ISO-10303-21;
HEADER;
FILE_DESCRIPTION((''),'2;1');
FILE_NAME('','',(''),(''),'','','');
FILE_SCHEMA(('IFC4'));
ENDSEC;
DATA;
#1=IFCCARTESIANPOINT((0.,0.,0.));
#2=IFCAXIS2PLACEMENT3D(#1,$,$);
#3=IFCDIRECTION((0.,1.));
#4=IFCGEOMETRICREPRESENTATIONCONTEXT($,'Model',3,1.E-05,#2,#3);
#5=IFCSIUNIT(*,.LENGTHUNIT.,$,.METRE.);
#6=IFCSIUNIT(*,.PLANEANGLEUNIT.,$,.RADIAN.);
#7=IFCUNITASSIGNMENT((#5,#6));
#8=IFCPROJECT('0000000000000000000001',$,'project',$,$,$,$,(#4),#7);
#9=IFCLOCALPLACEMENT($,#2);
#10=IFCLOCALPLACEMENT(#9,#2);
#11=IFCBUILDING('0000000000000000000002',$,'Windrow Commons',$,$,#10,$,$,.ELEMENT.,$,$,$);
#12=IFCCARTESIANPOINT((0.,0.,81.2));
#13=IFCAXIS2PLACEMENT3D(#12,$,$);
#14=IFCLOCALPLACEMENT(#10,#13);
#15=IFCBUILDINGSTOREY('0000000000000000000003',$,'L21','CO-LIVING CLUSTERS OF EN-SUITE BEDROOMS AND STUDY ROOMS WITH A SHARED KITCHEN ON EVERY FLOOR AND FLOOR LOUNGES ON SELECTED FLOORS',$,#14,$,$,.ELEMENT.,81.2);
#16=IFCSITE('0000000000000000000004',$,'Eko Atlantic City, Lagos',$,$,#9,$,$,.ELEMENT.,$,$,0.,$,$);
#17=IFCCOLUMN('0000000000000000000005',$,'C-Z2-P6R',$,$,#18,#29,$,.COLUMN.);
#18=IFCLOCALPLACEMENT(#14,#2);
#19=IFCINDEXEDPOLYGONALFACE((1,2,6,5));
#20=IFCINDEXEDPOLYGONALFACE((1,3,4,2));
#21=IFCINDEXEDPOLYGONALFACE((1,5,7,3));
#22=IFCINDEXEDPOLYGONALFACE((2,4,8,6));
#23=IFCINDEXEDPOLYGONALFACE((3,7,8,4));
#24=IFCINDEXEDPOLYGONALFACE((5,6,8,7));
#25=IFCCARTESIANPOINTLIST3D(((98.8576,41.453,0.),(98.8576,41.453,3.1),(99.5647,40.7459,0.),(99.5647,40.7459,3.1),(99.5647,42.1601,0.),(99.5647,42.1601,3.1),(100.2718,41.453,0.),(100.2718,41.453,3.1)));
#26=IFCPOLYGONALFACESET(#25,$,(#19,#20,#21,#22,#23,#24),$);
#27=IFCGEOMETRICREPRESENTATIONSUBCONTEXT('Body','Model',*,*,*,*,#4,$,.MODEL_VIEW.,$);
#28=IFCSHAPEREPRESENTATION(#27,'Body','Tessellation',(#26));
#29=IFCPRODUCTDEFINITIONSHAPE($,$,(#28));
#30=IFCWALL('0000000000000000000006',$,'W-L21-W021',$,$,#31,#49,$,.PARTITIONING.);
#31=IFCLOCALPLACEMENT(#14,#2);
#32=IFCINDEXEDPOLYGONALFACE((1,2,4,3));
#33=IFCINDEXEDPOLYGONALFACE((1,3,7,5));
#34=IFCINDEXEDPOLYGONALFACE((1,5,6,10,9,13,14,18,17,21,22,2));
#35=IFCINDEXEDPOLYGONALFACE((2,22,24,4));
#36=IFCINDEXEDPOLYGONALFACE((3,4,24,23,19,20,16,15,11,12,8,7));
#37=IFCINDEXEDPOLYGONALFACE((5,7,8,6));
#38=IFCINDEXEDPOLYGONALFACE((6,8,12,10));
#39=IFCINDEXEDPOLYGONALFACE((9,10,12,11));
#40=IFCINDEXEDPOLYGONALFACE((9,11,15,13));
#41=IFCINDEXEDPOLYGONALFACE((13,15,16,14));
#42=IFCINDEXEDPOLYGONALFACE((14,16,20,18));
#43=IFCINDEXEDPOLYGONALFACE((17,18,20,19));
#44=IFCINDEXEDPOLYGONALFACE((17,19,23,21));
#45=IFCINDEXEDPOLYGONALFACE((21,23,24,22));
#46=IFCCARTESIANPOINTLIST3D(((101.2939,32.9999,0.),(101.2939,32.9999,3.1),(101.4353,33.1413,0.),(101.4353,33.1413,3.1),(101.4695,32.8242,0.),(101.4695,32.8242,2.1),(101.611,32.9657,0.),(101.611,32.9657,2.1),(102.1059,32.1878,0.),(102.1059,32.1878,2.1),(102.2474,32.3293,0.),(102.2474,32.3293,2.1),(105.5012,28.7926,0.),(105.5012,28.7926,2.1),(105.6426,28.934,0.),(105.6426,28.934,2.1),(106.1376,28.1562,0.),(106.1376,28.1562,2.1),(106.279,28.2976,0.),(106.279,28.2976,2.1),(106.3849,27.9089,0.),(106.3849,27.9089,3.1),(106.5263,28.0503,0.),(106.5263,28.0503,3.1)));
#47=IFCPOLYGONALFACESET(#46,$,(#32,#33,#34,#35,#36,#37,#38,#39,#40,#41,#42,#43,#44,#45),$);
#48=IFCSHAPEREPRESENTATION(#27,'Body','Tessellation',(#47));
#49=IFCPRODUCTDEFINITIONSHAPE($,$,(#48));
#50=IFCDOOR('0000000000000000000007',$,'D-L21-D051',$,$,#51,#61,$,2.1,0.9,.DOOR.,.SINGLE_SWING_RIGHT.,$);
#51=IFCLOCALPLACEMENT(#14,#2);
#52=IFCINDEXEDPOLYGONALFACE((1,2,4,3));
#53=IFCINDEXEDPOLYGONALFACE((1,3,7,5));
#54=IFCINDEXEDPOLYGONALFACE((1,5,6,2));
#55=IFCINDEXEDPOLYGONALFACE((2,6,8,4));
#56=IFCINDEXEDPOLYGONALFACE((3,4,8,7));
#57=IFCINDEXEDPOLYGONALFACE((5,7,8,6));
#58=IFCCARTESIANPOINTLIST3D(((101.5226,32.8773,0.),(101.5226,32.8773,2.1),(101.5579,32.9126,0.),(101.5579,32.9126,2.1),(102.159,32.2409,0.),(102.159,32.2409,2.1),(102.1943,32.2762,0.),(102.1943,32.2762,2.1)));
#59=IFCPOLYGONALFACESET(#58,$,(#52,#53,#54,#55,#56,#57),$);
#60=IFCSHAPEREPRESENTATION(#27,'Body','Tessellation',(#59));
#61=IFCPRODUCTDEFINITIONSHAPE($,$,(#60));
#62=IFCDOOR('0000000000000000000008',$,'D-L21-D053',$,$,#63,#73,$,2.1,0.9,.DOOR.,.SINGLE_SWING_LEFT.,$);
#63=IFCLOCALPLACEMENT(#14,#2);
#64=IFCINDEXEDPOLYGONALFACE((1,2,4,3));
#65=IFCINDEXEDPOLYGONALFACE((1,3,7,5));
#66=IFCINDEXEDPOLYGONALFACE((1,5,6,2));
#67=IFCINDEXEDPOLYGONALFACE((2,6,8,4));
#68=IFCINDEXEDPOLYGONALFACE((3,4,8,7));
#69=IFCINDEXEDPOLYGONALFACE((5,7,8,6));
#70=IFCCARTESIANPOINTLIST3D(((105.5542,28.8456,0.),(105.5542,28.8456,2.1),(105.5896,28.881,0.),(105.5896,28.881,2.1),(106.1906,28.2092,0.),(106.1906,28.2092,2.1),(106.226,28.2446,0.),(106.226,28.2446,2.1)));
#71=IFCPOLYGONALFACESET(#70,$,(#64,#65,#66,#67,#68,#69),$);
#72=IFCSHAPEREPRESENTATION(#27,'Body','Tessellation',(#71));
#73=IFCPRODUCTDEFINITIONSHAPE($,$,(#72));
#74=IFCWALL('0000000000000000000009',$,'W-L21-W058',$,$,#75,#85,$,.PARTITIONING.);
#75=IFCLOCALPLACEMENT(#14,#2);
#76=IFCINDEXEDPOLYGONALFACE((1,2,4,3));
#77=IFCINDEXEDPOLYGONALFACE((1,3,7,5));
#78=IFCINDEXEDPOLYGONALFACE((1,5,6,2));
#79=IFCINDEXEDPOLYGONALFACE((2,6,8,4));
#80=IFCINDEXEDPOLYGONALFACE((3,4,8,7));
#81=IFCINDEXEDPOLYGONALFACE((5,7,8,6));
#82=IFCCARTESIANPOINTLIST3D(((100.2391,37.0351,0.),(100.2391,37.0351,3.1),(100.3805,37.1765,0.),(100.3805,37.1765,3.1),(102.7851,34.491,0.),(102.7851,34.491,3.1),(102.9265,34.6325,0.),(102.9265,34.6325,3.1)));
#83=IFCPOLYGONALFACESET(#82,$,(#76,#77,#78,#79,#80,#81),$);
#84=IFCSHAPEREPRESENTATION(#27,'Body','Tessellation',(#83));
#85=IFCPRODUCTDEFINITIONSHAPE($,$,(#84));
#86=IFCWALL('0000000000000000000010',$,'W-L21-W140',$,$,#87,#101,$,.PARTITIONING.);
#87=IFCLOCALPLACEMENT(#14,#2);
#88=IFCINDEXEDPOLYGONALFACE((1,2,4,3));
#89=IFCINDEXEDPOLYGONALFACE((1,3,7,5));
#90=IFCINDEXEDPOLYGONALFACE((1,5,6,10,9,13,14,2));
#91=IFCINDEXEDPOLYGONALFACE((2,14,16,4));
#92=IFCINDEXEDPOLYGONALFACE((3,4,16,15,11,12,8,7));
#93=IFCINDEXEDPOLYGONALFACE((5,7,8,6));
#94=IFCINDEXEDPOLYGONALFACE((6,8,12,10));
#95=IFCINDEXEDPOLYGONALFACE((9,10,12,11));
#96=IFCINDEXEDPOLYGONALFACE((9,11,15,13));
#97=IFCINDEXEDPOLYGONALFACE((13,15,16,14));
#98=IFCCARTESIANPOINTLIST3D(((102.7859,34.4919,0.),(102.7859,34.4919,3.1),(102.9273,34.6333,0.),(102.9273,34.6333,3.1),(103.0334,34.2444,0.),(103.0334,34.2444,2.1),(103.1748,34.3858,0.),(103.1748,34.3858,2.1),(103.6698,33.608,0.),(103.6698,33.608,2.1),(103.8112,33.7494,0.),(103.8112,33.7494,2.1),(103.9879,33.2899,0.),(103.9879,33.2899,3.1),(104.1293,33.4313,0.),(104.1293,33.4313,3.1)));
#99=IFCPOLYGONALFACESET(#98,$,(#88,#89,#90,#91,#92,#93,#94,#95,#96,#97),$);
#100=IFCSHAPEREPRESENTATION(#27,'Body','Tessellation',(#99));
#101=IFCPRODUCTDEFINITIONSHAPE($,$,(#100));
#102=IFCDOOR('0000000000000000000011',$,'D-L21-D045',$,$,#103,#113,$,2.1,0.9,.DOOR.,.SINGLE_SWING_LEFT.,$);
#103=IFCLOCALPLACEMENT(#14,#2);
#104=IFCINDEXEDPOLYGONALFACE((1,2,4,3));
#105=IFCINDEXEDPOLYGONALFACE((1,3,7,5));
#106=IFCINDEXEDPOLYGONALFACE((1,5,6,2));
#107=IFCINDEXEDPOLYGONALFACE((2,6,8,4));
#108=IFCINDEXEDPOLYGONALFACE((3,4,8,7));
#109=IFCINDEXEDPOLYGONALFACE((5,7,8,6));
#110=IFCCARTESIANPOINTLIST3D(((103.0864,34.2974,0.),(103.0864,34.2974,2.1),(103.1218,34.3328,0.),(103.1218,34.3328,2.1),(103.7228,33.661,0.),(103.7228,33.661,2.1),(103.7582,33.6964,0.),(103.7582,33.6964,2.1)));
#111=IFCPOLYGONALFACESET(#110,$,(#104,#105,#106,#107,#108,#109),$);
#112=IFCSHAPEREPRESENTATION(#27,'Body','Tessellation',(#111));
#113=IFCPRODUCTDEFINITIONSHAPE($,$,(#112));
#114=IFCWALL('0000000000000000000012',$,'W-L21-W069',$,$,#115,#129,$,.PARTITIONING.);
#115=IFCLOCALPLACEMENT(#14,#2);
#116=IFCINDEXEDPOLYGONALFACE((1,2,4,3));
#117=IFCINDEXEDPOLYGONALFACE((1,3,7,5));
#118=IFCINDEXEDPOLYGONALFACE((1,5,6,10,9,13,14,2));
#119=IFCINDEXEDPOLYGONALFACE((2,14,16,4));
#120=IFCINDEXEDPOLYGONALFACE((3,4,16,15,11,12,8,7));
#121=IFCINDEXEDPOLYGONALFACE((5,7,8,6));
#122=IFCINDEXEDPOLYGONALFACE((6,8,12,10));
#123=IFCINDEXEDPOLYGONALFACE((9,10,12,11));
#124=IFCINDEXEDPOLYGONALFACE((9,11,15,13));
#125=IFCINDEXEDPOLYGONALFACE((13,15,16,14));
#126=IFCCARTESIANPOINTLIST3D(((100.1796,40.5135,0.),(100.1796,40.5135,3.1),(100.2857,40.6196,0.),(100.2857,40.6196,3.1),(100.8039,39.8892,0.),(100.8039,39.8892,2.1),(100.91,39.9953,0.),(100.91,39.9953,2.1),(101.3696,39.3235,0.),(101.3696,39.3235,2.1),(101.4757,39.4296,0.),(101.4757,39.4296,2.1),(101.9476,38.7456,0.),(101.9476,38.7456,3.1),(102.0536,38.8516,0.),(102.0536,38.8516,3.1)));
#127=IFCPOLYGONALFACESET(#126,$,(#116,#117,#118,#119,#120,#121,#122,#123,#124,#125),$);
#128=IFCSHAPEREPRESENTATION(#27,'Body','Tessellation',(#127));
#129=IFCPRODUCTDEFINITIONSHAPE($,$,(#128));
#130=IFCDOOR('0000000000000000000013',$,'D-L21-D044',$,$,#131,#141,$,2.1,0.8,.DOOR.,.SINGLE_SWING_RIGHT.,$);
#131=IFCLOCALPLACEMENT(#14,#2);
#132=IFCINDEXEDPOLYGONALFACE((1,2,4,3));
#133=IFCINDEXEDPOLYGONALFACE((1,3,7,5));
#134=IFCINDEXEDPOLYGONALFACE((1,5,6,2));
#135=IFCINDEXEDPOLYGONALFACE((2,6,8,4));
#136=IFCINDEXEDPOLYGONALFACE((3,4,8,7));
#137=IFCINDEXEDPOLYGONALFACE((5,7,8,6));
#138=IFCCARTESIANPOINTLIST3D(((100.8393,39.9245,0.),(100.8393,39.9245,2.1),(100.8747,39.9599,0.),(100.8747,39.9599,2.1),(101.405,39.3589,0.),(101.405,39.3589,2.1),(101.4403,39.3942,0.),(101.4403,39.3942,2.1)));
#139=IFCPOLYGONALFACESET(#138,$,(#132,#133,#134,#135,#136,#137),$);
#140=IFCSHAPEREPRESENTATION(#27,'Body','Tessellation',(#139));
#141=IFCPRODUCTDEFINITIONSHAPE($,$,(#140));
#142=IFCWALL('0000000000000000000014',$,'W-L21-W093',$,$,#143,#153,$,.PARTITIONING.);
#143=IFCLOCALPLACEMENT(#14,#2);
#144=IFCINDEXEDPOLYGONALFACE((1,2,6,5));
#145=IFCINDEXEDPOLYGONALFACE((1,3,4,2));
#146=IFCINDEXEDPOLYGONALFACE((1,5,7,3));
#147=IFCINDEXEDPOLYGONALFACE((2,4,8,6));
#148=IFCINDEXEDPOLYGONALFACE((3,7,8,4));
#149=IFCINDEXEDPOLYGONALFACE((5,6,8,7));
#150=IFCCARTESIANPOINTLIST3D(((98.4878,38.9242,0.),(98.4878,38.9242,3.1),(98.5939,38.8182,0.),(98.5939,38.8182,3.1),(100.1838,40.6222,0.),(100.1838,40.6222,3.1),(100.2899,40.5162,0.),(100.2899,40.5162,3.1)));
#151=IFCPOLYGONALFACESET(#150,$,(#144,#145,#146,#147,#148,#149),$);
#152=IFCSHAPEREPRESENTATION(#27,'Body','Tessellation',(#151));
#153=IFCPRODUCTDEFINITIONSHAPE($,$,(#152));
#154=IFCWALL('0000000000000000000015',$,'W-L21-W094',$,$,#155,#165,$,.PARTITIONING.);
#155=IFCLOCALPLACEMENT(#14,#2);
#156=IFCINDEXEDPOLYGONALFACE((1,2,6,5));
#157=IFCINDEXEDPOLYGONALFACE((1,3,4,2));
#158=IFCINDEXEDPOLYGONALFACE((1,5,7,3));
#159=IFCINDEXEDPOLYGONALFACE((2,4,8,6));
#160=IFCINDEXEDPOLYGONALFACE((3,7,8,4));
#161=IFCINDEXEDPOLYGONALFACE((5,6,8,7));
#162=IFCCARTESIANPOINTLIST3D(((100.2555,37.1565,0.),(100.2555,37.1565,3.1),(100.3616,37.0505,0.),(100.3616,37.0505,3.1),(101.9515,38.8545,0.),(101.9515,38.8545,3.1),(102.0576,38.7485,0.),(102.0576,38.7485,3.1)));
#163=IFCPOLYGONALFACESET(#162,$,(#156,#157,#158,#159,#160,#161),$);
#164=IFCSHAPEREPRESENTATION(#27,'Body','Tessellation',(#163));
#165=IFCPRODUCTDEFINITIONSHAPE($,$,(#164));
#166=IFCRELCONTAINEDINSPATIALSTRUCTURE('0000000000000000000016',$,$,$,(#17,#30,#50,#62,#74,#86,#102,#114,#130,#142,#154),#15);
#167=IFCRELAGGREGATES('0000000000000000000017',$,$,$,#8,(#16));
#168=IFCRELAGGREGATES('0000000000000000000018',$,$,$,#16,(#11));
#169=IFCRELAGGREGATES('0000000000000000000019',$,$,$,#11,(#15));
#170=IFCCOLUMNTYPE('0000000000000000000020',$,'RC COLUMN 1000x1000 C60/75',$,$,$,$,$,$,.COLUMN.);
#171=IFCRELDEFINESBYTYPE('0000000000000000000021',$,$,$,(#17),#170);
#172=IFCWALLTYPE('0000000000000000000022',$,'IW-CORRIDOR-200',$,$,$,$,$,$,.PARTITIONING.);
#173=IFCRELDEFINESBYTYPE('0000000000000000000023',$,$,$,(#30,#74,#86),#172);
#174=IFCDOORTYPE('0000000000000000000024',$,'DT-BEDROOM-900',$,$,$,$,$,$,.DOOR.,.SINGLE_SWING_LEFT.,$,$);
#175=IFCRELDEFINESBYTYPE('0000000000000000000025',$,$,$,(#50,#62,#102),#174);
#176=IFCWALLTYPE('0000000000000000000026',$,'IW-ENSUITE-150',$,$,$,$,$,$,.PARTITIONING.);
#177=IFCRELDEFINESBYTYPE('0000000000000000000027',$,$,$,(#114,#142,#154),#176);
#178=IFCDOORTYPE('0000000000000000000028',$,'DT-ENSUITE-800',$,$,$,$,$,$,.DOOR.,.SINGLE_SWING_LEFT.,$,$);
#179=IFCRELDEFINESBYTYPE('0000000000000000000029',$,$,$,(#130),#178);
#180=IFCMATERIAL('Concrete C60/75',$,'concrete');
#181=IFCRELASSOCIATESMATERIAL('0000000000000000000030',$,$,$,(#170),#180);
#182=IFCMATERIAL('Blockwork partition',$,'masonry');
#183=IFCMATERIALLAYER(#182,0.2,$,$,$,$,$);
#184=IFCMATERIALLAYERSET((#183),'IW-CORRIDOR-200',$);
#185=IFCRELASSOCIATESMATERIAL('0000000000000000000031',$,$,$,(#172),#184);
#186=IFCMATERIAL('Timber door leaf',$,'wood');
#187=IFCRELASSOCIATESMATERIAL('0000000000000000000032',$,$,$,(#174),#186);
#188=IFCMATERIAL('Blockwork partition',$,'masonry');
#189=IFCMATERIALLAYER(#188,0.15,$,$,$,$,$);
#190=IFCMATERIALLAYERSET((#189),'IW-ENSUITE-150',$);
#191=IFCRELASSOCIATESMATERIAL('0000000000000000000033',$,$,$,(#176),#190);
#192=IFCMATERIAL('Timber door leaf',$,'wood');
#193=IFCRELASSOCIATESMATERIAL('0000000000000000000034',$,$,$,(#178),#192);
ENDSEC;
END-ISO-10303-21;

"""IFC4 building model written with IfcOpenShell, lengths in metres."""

from ifc_helpers import new_model, si_unit, direction, frame, frame_2d, origin, origin_2d, place, context, subcontext, project, spatial, rectangle, extrude, material, layer, layer_set, material_profile, profile_set, type_object, element, fill, save


model = new_model("IFC4")

# Units and contexts
model_context = context("Model", 3, precision=1e-05, world=origin(), true_north=direction((0.0, 1.0)))
body_context = subcontext(model_context, "Body", "Model", "MODEL_VIEW")
ifc_project = project(units=[si_unit("LENGTHUNIT", "METRE"), si_unit("PLANEANGLEUNIT", "RADIAN")], contexts=[model_context])

# Site, building, storey
site_placement = place(None, origin())
site = spatial("IfcSite", under=ifc_project, at=site_placement, Name="Eko Atlantic City, Lagos", CompositionType="ELEMENT", RefElevation=0.0)
building_placement = place(site_placement, origin())
building = spatial("IfcBuilding", under=site, at=building_placement, Name="Windrow Commons", CompositionType="ELEMENT")
storey_placement = place(building_placement, frame((0.0, 0.0, 81.2)))
storey = spatial("IfcBuildingStorey", under=building, at=storey_placement, Name="L21", Description="CO-LIVING CLUSTERS OF EN-SUITE BEDROOMS AND STUDY ROOMS WITH A SHARED KITCHEN ON EVERY FLOOR AND FLOOR LOUNGES ON SELECTED FLOORS", CompositionType="ELEMENT", Elevation=81.2)

# Column
ifc_material_1 = material(Name="Concrete C60/75", Category="concrete")
ifc_material_profile = material_profile(ifc_material_1, rectangle(XDim=1.0, YDim=1.0, at=origin_2d()))
ifc_profile_set = profile_set([ifc_material_profile], Name="Concrete C60/75")
column_type = type_object("IfcColumnType", Name="RC COLUMN 1000x1000 C60/75", PredefinedType="COLUMN", material=ifc_profile_set)
column_placement = place(storey_placement, frame((99.5647, 41.453, 0.0), z_axis=(0.0, 0.0, 1.0), x_axis=(0.707107, -0.707107, 0.0)))
element("IfcColumn", 1, at=column_placement, inside=storey, type_object=column_type, Name="C-Z2-P6R", PredefinedType="COLUMN", context=body_context, shape_type="SweptSolid", body=[
    extrude(rectangle(XDim=1.0, YDim=1.0, at=origin_2d()), origin(), (0.0, 0.0, 1.0), 3.1),
])

# Wall, openings, doors
ifc_material_2 = material(Name="Blockwork partition", Category="masonry")
ifc_layer_1 = layer(ifc_material_2, 0.2)
ifc_layer_set_1 = layer_set([ifc_layer_1], Name="IW-CORRIDOR-200")
wall_type_1 = type_object("IfcWallType", Name="IW-CORRIDOR-200", PredefinedType="PARTITIONING", material=ifc_layer_set_1)
wall_1_placement = place(storey_placement, frame((101.3646, 33.0706, 0.0), z_axis=(0.0, 0.0, 1.0), x_axis=(0.707107, -0.707107, 0.0)))
wall_1 = element("IfcWall", 2, at=wall_1_placement, inside=storey, type_object=wall_type_1, Name="W-L21-W021", PredefinedType="PARTITIONING", context=body_context, shape_type="SweptSolid", body=[
    extrude(rectangle(XDim=7.1998, YDim=0.2, at=frame_2d((3.5999, 0.0))), origin(), (0.0, 0.0, 1.0), 3.1),
])
opening_1_placement = place(wall_1_placement, frame((0.2484, 0.0, 0.0)))
opening_1 = element("IfcOpeningElement", 3, at=opening_1_placement, cuts=wall_1, PredefinedType="OPENING", context=body_context, shape_type="SweptSolid", body=[
    extrude(rectangle(XDim=0.9, YDim=2.1, at=frame_2d((0.45, 1.05))), frame((0.0, 0.11, 0.0), z_axis=(0.0, -1.0, 0.0), x_axis=(1.0, 0.0, 0.0)), (0.0, 0.0, 1.0), 0.22),
])
opening_2_placement = place(wall_1_placement, frame((5.95, 0.0, 0.0)))
opening_2 = element("IfcOpeningElement", 4, at=opening_2_placement, cuts=wall_1, PredefinedType="OPENING", context=body_context, shape_type="SweptSolid", body=[
    extrude(rectangle(XDim=0.9, YDim=2.1, at=frame_2d((0.45, 1.05))), frame((0.0, 0.11, 0.0), z_axis=(0.0, -1.0, 0.0), x_axis=(1.0, 0.0, 0.0)), (0.0, 0.0, 1.0), 0.22),
])
ifc_material_3 = material(Name="Timber door leaf", Category="wood")
door_type_1 = type_object("IfcDoorType", Name="DT-BEDROOM-900", OperationType="SINGLE_SWING_LEFT", PredefinedType="DOOR", material=ifc_material_3)
door_1_placement = place(opening_1_placement, origin())
door_1 = element("IfcDoor", 5, at=door_1_placement, inside=storey, type_object=door_type_1, Name="D-L21-D051", OperationType="SINGLE_SWING_RIGHT", OverallHeight=2.1, OverallWidth=0.9, PredefinedType="DOOR", context=body_context, shape_type="SweptSolid", body=[
    extrude(rectangle(XDim=0.9, YDim=2.1, at=frame_2d((0.45, 1.05))), frame((0.0, 0.025, 0.0), z_axis=(0.0, -1.0, 0.0), x_axis=(1.0, 0.0, 0.0)), (0.0, 0.0, 1.0), 0.05),
])
fill(opening_1, door_1)
door_2_placement = place(opening_2_placement, origin())
door_2 = element("IfcDoor", 6, at=door_2_placement, inside=storey, type_object=door_type_1, Name="D-L21-D053", OperationType="SINGLE_SWING_LEFT", OverallHeight=2.1, OverallWidth=0.9, PredefinedType="DOOR", context=body_context, shape_type="SweptSolid", body=[
    extrude(rectangle(XDim=0.9, YDim=2.1, at=frame_2d((0.45, 1.05))), frame((0.0, 0.025, 0.0), z_axis=(0.0, -1.0, 0.0), x_axis=(1.0, 0.0, 0.0)), (0.0, 0.0, 1.0), 0.05),
])
fill(opening_2, door_2)

# Wall
wall_2_placement = place(storey_placement, frame((100.3098, 37.1058, 0.0), z_axis=(0.0, 0.0, 1.0), x_axis=(0.707385, -0.706829, 0.0)))
element("IfcWall", 7, at=wall_2_placement, inside=storey, type_object=wall_type_1, Name="W-L21-W058", PredefinedType="PARTITIONING", context=body_context, shape_type="SweptSolid", body=[
    extrude(rectangle(XDim=3.5992, YDim=0.2, at=frame_2d((1.7996, 0.0))), origin(), (0.0, 0.0, 1.0), 3.1),
])

# Walls, openings, doors
wall_3_placement = place(storey_placement, frame((102.8566, 34.5626, 0.0), z_axis=(0.0, 0.0, 1.0), x_axis=(0.707107, -0.707107, 0.0)))
wall_3 = element("IfcWall", 8, at=wall_3_placement, inside=storey, type_object=wall_type_1, Name="W-L21-W140", PredefinedType="PARTITIONING", context=body_context, shape_type="SweptSolid", body=[
    extrude(rectangle(XDim=1.6999, YDim=0.2, at=frame_2d((0.8499, 0.0))), origin(), (0.0, 0.0, 1.0), 3.1),
])
opening_3_placement = place(wall_3_placement, frame((0.35, 0.0, 0.0)))
opening_3 = element("IfcOpeningElement", 9, at=opening_3_placement, cuts=wall_3, PredefinedType="OPENING", context=body_context, shape_type="SweptSolid", body=[
    extrude(rectangle(XDim=0.9, YDim=2.1, at=frame_2d((0.45, 1.05))), frame((0.0, 0.11, 0.0), z_axis=(0.0, -1.0, 0.0), x_axis=(1.0, 0.0, 0.0)), (0.0, 0.0, 1.0), 0.22),
])
door_3_placement = place(opening_3_placement, origin())
door_3 = element("IfcDoor", 10, at=door_3_placement, inside=storey, type_object=door_type_1, Name="D-L21-D045", OperationType="SINGLE_SWING_LEFT", OverallHeight=2.1, OverallWidth=0.9, PredefinedType="DOOR", context=body_context, shape_type="SweptSolid", body=[
    extrude(rectangle(XDim=0.9, YDim=2.1, at=frame_2d((0.45, 1.05))), frame((0.0, 0.025, 0.0), z_axis=(0.0, -1.0, 0.0), x_axis=(1.0, 0.0, 0.0)), (0.0, 0.0, 1.0), 0.05),
])
fill(opening_3, door_3)
ifc_material_4 = material(Name="Blockwork partition", Category="masonry")
ifc_layer_2 = layer(ifc_material_4, 0.15)
ifc_layer_set_2 = layer_set([ifc_layer_2], Name="IW-ENSUITE-150")
wall_type_2 = type_object("IfcWallType", Name="IW-ENSUITE-150", PredefinedType="PARTITIONING", material=ifc_layer_set_2)
wall_4_placement = place(storey_placement, frame((100.2326, 40.5666, 0.0), z_axis=(0.0, 0.0, 1.0), x_axis=(0.707107, -0.707107, 0.0)))
wall_4 = element("IfcWall", 11, at=wall_4_placement, inside=storey, type_object=wall_type_2, Name="W-L21-W069", PredefinedType="PARTITIONING", context=body_context, shape_type="SweptSolid", body=[
    extrude(rectangle(XDim=2.5003, YDim=0.15, at=frame_2d((1.2502, 0.0))), origin(), (0.0, 0.0, 1.0), 3.1),
])
opening_4_placement = place(wall_4_placement, frame((0.883, 0.0, 0.0)))
opening_4 = element("IfcOpeningElement", 12, at=opening_4_placement, cuts=wall_4, PredefinedType="OPENING", context=body_context, shape_type="SweptSolid", body=[
    extrude(rectangle(XDim=0.8, YDim=2.1, at=frame_2d((0.4, 1.05))), frame((0.0, 0.085, 0.0), z_axis=(0.0, -1.0, 0.0), x_axis=(1.0, 0.0, 0.0)), (0.0, 0.0, 1.0), 0.17),
])
ifc_material_5 = material(Name="Timber door leaf", Category="wood")
door_type_2 = type_object("IfcDoorType", Name="DT-ENSUITE-800", OperationType="SINGLE_SWING_LEFT", PredefinedType="DOOR", material=ifc_material_5)
door_4_placement = place(opening_4_placement, origin())
door_4 = element("IfcDoor", 13, at=door_4_placement, inside=storey, type_object=door_type_2, Name="D-L21-D044", OperationType="SINGLE_SWING_RIGHT", OverallHeight=2.1, OverallWidth=0.8, PredefinedType="DOOR", context=body_context, shape_type="SweptSolid", body=[
    extrude(rectangle(XDim=0.8, YDim=2.1, at=frame_2d((0.4, 1.05))), frame((0.0, 0.025, 0.0), z_axis=(0.0, -1.0, 0.0), x_axis=(1.0, 0.0, 0.0)), (0.0, 0.0, 1.0), 0.05),
])
fill(opening_4, door_4)

# Walls
for number, where, z_axis, x_axis, name in (
    (14, (98.5408, 38.8712, 0.0), (0.0, 0.0, 1.0), (0.70669, 0.707523, 0.0), "W-L21-W093"),
    (15, (100.3085, 37.1035, 0.0), (0.0, 0.0, 1.0), (0.70669, 0.707523, 0.0), "W-L21-W094"),
):
    element("IfcWall", number, at=place(storey_placement, frame(where, z_axis=z_axis, x_axis=x_axis)), inside=storey, type_object=wall_type_2, Name=name, PredefinedType="PARTITIONING", context=body_context, shape_type="SweptSolid", body=[
        extrude(rectangle(XDim=2.3999, YDim=0.15, at=frame_2d((1.2, 0.0))), origin(), (0.0, 0.0, 1.0), 3.1),
    ])

save(model, "model.ifc")
